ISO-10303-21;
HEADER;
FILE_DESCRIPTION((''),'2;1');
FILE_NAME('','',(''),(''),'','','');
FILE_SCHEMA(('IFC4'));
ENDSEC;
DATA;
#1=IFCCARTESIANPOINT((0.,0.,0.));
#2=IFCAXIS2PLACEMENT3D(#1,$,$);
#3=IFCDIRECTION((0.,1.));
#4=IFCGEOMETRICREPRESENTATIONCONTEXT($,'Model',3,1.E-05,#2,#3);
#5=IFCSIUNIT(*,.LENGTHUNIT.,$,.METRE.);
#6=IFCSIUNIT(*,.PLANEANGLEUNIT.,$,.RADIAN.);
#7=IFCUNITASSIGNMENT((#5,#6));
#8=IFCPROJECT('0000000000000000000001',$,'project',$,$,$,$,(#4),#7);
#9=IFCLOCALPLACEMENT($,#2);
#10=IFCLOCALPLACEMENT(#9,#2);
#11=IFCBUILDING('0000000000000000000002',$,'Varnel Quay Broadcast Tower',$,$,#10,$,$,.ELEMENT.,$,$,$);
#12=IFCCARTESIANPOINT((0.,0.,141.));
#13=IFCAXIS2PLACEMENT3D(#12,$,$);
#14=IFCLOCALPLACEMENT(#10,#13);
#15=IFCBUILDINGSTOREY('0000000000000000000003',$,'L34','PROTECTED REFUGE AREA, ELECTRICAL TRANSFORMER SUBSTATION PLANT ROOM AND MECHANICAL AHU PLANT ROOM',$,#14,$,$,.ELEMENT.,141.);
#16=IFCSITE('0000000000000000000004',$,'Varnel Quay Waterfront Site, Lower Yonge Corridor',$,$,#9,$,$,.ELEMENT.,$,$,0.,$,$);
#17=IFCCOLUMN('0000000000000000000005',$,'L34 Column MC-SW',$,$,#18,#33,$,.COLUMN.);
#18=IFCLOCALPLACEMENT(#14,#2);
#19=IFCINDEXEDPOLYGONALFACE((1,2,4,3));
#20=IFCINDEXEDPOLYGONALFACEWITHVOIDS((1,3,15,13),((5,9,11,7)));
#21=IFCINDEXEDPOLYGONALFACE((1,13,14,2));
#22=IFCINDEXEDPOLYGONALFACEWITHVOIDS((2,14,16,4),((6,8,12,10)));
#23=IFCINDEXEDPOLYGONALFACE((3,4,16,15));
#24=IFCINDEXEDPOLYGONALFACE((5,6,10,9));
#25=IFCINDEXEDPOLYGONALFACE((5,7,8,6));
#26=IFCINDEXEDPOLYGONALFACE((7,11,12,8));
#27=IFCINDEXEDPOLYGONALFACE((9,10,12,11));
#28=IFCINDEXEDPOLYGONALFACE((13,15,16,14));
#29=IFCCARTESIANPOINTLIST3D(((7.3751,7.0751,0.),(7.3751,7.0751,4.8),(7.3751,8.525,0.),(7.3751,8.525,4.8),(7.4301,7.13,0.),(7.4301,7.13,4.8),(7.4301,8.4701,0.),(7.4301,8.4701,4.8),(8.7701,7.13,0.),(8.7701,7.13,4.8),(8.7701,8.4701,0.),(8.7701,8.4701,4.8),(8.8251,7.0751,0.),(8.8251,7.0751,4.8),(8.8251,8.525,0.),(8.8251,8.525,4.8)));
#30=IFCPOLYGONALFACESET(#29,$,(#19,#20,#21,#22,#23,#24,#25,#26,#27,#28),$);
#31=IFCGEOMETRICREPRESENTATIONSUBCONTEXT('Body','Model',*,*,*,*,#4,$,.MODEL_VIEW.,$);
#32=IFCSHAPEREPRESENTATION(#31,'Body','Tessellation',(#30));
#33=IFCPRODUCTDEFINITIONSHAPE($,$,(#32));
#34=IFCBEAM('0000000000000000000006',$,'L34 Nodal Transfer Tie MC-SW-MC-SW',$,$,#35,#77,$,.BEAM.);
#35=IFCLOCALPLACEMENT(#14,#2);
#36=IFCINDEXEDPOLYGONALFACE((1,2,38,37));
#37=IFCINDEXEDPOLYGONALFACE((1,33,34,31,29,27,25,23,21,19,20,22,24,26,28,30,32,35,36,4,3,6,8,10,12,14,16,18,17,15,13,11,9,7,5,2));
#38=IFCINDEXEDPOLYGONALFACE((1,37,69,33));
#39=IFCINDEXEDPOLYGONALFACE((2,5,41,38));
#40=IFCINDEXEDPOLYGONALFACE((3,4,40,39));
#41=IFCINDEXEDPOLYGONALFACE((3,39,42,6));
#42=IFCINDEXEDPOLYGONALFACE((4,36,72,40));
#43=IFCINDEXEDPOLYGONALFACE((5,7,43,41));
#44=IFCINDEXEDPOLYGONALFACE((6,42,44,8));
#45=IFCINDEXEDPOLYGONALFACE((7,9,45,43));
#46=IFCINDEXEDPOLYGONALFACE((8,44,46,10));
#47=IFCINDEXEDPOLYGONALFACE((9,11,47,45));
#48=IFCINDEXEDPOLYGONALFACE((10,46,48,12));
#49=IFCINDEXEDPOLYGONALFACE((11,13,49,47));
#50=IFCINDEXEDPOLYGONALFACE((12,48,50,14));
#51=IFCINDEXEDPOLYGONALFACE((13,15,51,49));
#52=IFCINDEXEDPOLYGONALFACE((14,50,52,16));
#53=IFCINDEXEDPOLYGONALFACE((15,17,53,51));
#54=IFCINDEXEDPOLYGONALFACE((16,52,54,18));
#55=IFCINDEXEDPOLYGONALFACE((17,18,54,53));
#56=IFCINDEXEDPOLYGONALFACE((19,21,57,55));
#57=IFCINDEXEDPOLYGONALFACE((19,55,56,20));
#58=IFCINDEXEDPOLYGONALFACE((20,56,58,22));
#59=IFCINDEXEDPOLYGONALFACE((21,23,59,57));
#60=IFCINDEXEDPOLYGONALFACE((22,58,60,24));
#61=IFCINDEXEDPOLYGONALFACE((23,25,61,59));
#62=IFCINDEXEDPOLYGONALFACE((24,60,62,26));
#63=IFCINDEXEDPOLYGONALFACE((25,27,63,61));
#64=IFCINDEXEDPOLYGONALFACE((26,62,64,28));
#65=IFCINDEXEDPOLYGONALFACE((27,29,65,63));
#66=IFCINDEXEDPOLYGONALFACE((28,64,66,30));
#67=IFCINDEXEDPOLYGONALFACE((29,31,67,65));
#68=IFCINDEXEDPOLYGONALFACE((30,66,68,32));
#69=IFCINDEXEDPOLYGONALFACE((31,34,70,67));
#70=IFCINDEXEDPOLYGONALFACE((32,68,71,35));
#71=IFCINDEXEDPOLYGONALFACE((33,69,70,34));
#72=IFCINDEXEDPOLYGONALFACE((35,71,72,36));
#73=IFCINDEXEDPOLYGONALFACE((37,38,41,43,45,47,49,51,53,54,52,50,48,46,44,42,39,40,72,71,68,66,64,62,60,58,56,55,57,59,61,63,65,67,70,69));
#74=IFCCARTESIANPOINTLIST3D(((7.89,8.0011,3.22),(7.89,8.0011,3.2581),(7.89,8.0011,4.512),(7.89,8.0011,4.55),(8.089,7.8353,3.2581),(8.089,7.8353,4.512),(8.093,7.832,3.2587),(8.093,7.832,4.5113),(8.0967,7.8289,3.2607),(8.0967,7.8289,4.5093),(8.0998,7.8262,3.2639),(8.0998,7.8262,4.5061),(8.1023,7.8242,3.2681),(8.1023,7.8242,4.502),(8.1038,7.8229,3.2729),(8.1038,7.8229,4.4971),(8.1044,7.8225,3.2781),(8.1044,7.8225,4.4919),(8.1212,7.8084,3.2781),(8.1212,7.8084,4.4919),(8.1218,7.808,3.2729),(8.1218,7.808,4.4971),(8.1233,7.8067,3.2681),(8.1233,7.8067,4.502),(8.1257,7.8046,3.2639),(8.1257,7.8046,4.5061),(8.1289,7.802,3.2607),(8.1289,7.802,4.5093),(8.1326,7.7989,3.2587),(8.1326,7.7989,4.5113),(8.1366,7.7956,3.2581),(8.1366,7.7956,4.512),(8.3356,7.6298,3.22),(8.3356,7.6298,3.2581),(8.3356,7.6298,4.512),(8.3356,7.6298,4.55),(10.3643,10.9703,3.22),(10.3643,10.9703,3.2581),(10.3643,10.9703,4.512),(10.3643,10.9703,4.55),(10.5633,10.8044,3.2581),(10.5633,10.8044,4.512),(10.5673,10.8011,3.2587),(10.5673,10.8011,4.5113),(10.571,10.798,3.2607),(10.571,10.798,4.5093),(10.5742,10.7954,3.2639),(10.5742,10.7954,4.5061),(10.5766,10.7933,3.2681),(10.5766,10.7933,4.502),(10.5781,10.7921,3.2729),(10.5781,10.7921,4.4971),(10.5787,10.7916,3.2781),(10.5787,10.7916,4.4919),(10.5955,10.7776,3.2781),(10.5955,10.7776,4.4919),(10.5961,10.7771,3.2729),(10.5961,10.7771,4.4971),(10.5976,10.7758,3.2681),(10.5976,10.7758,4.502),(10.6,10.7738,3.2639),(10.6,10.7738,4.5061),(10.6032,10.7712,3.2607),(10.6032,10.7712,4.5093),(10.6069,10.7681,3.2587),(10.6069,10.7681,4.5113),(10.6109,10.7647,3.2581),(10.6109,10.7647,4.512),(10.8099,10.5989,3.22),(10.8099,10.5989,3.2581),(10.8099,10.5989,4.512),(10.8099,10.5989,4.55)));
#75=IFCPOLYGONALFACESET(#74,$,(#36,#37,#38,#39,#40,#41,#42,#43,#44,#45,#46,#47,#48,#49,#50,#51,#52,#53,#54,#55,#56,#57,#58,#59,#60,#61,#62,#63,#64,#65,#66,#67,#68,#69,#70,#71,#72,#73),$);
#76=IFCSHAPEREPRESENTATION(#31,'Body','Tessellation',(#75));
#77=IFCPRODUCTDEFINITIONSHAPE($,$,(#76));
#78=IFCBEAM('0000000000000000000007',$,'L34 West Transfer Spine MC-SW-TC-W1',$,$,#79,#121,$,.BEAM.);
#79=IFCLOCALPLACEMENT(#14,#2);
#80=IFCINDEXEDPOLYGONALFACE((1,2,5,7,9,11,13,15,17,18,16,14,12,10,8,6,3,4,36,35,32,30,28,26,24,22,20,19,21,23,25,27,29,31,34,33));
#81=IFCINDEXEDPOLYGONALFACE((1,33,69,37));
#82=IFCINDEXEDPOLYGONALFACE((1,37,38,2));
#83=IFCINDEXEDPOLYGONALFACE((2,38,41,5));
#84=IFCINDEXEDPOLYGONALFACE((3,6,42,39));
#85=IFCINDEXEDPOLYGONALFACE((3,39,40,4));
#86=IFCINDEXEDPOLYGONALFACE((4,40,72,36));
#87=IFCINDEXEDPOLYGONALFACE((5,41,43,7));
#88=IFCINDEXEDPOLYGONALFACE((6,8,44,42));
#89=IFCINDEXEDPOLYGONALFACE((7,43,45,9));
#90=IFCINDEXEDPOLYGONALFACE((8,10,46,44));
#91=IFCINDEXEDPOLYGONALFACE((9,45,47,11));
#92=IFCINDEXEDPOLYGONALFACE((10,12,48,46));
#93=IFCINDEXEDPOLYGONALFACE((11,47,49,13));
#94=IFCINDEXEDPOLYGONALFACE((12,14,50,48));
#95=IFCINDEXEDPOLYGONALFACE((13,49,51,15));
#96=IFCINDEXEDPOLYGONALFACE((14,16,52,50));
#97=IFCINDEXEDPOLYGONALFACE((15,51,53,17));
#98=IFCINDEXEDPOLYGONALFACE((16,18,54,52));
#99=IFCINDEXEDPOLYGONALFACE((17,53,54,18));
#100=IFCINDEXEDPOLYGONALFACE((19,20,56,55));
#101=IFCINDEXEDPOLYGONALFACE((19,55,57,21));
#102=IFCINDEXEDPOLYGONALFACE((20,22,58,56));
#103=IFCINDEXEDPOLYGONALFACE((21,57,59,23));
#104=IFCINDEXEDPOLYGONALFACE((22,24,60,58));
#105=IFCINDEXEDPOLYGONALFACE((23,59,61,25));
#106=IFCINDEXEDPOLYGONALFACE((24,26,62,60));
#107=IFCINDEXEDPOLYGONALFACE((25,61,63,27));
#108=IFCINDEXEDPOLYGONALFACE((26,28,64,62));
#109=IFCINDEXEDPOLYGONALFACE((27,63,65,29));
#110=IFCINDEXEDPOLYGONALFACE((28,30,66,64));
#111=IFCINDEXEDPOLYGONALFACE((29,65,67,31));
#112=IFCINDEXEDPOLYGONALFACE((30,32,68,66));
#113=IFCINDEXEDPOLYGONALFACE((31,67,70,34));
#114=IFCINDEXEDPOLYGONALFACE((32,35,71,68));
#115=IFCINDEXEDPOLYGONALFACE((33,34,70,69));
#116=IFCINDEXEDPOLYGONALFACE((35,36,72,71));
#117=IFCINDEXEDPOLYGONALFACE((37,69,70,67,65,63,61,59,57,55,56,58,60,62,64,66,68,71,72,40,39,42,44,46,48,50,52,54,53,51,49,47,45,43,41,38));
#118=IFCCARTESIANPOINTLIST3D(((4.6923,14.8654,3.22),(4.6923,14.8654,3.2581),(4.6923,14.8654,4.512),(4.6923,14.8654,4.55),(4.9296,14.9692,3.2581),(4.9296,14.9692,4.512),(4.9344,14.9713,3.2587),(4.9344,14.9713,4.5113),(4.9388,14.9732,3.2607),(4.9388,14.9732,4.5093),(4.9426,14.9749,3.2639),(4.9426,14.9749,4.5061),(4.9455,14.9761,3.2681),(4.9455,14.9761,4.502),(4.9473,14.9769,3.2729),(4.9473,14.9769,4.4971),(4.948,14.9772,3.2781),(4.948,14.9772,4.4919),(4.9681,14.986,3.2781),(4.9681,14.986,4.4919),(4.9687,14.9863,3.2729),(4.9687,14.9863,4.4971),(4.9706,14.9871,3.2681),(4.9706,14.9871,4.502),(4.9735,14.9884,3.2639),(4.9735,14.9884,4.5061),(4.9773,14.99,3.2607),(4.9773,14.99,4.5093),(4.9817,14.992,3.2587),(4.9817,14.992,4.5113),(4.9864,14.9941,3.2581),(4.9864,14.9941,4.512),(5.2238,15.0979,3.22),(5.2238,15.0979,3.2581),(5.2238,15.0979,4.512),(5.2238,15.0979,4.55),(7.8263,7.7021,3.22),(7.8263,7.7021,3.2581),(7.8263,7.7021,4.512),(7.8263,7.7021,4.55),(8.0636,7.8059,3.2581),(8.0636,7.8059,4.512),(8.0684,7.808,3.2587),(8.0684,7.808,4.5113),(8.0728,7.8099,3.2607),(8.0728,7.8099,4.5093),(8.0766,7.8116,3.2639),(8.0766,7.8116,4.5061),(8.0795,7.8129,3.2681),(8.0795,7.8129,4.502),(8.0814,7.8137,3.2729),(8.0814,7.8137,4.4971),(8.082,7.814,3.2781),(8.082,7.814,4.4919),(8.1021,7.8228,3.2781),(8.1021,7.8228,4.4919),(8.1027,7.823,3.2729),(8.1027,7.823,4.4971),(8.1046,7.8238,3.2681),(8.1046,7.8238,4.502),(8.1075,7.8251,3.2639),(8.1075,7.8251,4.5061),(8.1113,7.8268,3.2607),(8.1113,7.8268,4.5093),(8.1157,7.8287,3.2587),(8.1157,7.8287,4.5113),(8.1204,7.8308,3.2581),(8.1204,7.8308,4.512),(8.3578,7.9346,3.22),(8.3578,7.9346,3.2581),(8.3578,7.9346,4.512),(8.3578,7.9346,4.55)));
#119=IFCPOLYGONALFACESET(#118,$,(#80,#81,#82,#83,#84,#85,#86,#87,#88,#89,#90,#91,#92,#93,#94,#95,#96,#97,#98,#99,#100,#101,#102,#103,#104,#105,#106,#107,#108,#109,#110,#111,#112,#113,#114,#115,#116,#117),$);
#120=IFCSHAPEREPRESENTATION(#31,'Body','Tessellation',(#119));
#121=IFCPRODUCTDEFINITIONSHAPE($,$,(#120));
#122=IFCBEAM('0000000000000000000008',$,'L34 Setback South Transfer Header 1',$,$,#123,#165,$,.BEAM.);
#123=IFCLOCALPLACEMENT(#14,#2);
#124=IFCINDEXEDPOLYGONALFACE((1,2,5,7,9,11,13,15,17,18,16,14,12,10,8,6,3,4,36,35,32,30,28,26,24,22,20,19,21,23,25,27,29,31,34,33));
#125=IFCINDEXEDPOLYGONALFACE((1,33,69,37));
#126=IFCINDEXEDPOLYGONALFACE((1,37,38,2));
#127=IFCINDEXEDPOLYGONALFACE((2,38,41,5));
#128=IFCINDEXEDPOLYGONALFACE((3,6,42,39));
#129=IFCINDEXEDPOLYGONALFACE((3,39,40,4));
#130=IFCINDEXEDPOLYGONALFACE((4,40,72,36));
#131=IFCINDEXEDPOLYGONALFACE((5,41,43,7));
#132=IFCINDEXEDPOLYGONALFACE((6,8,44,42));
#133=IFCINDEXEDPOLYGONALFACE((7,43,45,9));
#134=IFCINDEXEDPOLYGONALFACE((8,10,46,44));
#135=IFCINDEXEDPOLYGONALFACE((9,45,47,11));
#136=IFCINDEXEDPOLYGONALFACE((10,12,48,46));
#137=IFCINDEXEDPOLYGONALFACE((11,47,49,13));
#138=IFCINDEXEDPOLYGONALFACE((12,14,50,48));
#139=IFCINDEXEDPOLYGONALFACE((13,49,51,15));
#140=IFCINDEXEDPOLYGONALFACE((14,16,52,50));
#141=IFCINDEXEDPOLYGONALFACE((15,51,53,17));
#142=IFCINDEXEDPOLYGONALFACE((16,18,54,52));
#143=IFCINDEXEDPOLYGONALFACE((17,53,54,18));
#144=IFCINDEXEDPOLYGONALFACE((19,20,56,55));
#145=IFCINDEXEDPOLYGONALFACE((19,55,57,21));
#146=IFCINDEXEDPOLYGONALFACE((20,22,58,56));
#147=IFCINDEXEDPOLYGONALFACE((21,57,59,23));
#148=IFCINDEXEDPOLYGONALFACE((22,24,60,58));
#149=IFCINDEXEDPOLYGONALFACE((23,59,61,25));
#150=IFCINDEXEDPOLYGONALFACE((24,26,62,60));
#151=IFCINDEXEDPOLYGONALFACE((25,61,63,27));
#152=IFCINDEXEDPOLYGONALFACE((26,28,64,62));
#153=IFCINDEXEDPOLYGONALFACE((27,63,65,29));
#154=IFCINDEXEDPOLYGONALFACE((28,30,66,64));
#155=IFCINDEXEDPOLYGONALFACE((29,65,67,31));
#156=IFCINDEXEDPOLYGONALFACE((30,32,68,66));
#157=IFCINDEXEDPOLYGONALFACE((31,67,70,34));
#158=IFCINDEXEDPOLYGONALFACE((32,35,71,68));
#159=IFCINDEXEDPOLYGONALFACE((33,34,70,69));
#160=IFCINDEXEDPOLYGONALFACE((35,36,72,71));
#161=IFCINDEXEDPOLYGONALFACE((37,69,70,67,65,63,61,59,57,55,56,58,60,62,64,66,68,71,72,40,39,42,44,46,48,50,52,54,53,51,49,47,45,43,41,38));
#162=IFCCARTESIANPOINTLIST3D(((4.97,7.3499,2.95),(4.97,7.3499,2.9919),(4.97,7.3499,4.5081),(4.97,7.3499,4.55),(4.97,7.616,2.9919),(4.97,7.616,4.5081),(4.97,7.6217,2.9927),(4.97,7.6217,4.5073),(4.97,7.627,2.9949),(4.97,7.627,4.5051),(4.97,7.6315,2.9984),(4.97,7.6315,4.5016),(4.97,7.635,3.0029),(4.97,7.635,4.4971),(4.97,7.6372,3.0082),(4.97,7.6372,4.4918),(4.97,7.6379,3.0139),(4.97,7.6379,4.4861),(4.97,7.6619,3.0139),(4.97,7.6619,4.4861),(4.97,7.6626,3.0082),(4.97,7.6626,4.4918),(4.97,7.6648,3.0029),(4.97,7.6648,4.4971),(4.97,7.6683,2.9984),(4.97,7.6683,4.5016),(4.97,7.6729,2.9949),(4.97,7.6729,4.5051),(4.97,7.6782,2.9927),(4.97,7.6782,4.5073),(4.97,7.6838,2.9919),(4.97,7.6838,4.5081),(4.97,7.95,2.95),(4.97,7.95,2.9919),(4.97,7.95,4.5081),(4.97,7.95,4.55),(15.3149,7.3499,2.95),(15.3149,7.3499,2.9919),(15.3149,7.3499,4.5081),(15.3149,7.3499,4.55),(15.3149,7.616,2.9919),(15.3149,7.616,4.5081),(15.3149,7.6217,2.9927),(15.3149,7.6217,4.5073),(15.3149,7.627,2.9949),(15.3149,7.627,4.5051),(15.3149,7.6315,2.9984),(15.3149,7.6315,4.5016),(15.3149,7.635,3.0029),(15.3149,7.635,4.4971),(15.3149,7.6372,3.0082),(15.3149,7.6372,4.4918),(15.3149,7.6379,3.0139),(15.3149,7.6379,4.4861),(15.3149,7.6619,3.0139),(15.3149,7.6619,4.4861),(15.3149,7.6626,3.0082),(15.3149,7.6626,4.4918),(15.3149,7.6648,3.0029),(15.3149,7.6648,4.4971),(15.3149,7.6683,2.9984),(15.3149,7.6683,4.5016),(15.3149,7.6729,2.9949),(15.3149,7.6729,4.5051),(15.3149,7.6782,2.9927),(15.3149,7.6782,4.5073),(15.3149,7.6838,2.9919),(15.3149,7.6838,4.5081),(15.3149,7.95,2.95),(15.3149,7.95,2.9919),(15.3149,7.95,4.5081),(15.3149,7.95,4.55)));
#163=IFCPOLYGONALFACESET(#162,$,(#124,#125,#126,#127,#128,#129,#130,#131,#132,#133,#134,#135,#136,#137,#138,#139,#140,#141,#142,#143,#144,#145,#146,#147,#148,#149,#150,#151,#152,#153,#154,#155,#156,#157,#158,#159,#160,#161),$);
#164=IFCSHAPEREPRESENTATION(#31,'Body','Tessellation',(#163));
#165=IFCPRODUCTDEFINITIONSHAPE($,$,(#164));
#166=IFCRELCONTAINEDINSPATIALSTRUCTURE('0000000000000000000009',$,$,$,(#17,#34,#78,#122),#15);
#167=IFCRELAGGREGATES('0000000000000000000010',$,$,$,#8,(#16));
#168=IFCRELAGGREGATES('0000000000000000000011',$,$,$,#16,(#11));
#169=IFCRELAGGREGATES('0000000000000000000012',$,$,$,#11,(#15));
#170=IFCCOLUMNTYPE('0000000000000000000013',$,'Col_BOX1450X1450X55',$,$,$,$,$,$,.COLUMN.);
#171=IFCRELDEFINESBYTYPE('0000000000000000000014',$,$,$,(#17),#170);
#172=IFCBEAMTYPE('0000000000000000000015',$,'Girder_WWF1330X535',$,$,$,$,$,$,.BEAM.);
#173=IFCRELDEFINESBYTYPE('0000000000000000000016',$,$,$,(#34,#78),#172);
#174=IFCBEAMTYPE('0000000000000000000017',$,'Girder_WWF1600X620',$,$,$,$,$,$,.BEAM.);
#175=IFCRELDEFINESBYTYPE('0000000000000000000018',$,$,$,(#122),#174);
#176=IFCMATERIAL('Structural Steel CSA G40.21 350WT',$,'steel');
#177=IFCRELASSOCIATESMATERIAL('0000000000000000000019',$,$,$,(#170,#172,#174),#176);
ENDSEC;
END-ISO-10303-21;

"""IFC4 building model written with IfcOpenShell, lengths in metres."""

from ifc_helpers import new_model, si_unit, direction, frame, origin, origin_2d, place, context, subcontext, project, spatial, hollow_rectangle, i_section, extrude, source, transform, mapped, material, material_profile, profile_set, type_object, type_shapes, element, save


model = new_model("IFC4")

# Units and contexts
model_context = context("Model", 3, precision=1e-05, world=origin(), true_north=direction((0.0, 1.0)))
body_context = subcontext(model_context, "Body", "Model", "MODEL_VIEW")
ifc_project = project(units=[si_unit("LENGTHUNIT", "METRE"), si_unit("PLANEANGLEUNIT", "RADIAN")], contexts=[model_context])

# Site, building, storey
site_placement = place(None, origin())
site = spatial("IfcSite", under=ifc_project, at=site_placement, Name="Varnel Quay Waterfront Site, Lower Yonge Corridor", CompositionType="ELEMENT", RefElevation=0.0)
building_placement = place(site_placement, origin())
building = spatial("IfcBuilding", under=site, at=building_placement, Name="Varnel Quay Broadcast Tower", CompositionType="ELEMENT")
storey_placement = place(building_placement, frame((0.0, 0.0, 141.0)))
storey = spatial("IfcBuildingStorey", under=building, at=storey_placement, Name="L34", Description="PROTECTED REFUGE AREA, ELECTRICAL TRANSFORMER SUBSTATION PLANT ROOM AND MECHANICAL AHU PLANT ROOM", CompositionType="ELEMENT", Elevation=141.0)

# Column
ifc_material_1 = material(Name="Structural Steel CSA G40.21 350WT", Category="steel")
ifc_material_profile_1 = material_profile(ifc_material_1, hollow_rectangle(XDim=1.45, YDim=1.45, WallThickness=0.0549, at=origin_2d()), Name="BOX1450X1450X55")
ifc_profile_set_1 = profile_set([ifc_material_profile_1], Name="Structural Steel CSA G40.21 350WT")
column_type = type_object("IfcColumnType", Name="Col_BOX1450X1450X55", PredefinedType="COLUMN", material=ifc_profile_set_1)
shared_shape_1 = source(origin(), body_context, "Body", "SweptSolid", [
    extrude(hollow_rectangle(XDim=1.45, YDim=1.45, WallThickness=0.0549, at=origin_2d()), origin(), (0.0, 0.0, 1.0), 4.8),
])
type_shapes(column_type, [shared_shape_1])
column_placement = place(storey_placement, frame((8.1001, 7.8, 0.0), z_axis=(0.0, 0.0, 1.0), x_axis=(1.0, 0.0, 0.0)))
element("IfcColumn", 1, at=column_placement, inside=storey, type_object=column_type, Name="L34 Column MC-SW", PredefinedType="COLUMN", context=body_context, shape_type="MappedRepresentation", body=[
    mapped(shared_shape_1, transform((0.0, 0.0, 0.0), x_axis=(1.0, 0.0, 0.0), y_axis=(0.0, 1.0, 0.0), z_axis=(0.0, 0.0, 1.0), scale=1.0)),
])

# Beams
ifc_material_profile_2 = material_profile(ifc_material_1, i_section(OverallWidth=0.5801, OverallDepth=1.3301, WebThickness=0.022, FlangeThickness=0.0381, FilletRadius=0.02, at=origin_2d()), Name="WWF1330X535")
ifc_profile_set_2 = profile_set([ifc_material_profile_2], Name="Structural Steel CSA G40.21 350WT")
beam_type_1 = type_object("IfcBeamType", Name="Girder_WWF1330X535", PredefinedType="BEAM", material=ifc_profile_set_2)
shared_shape_2 = source(origin(), body_context, "Body", "SweptSolid", [
    extrude(i_section(OverallWidth=0.5801, OverallDepth=1.3301, WebThickness=0.022, FlangeThickness=0.0381, FilletRadius=0.02, at=origin_2d()), origin(), (0.0, 0.0, 1.0), 3.865),
])
beam_1_placement = place(storey_placement, frame((8.1128, 7.8154, 3.885), z_axis=(0.640184, 0.768221, 0.0), x_axis=(-0.768221, 0.640184, 0.0)))
element("IfcBeam", 2, at=beam_1_placement, inside=storey, type_object=beam_type_1, Name="L34 Nodal Transfer Tie MC-SW-MC-SW", PredefinedType="BEAM", context=body_context, shape_type="MappedRepresentation", body=[
    mapped(shared_shape_2, transform((0.0, 0.0, 0.0), x_axis=(1.0, 0.0, 0.0), y_axis=(0.0, 1.0, 0.0), z_axis=(0.0, 0.0, 1.0), scale=1.0)),
])
shared_shape_3 = source(origin(), body_context, "Body", "SweptSolid", [
    extrude(i_section(OverallWidth=0.5801, OverallDepth=1.3301, WebThickness=0.022, FlangeThickness=0.0381, FilletRadius=0.02, at=origin_2d()), origin(), (0.0, 0.0, 1.0), 7.8188),
])
type_shapes(beam_type_1, [shared_shape_2, shared_shape_3])
beam_2_placement = place(storey_placement, frame((8.092, 7.8184, 3.885), z_axis=(-0.400827, 0.916154, 0.0), x_axis=(-0.916154, -0.400827, 0.0)))
element("IfcBeam", 3, at=beam_2_placement, inside=storey, type_object=beam_type_1, Name="L34 West Transfer Spine MC-SW-TC-W1", PredefinedType="BEAM", context=body_context, shape_type="MappedRepresentation", body=[
    mapped(shared_shape_3, transform((0.0, 0.0, 0.0), x_axis=(1.0, 0.0, 0.0), y_axis=(0.0, 1.0, 0.0), z_axis=(0.0, 0.0, 1.0), scale=1.0)),
])
ifc_material_profile_3 = material_profile(ifc_material_1, i_section(OverallWidth=0.6001, OverallDepth=1.6001, WebThickness=0.0239, FlangeThickness=0.042, FilletRadius=0.022, at=origin_2d()), Name="WWF1600X620")
ifc_profile_set_3 = profile_set([ifc_material_profile_3], Name="Structural Steel CSA G40.21 350WT")
beam_type_2 = type_object("IfcBeamType", Name="Girder_WWF1600X620", PredefinedType="BEAM", material=ifc_profile_set_3)
shared_shape_4 = source(origin(), body_context, "Body", "SweptSolid", [
    extrude(i_section(OverallWidth=0.6001, OverallDepth=1.6001, WebThickness=0.0239, FlangeThickness=0.042, FilletRadius=0.022, at=origin_2d()), origin(), (0.0, 0.0, 1.0), 10.345),
])
beam_3_placement = place(storey_placement, frame((4.97, 7.6499, 3.75), z_axis=(1.0, 0.0, 0.0), x_axis=(0.0, 1.0, 0.0)))
element("IfcBeam", 4, at=beam_3_placement, inside=storey, type_object=beam_type_2, Name="L34 Setback South Transfer Header 1", PredefinedType="BEAM", context=body_context, shape_type="MappedRepresentation", body=[
    mapped(shared_shape_4, transform((0.0, 0.0, 0.0), x_axis=(1.0, 0.0, 0.0), y_axis=(0.0, 1.0, 0.0), z_axis=(0.0, 0.0, 1.0), scale=1.0)),
])

save(model, "model.ifc")
